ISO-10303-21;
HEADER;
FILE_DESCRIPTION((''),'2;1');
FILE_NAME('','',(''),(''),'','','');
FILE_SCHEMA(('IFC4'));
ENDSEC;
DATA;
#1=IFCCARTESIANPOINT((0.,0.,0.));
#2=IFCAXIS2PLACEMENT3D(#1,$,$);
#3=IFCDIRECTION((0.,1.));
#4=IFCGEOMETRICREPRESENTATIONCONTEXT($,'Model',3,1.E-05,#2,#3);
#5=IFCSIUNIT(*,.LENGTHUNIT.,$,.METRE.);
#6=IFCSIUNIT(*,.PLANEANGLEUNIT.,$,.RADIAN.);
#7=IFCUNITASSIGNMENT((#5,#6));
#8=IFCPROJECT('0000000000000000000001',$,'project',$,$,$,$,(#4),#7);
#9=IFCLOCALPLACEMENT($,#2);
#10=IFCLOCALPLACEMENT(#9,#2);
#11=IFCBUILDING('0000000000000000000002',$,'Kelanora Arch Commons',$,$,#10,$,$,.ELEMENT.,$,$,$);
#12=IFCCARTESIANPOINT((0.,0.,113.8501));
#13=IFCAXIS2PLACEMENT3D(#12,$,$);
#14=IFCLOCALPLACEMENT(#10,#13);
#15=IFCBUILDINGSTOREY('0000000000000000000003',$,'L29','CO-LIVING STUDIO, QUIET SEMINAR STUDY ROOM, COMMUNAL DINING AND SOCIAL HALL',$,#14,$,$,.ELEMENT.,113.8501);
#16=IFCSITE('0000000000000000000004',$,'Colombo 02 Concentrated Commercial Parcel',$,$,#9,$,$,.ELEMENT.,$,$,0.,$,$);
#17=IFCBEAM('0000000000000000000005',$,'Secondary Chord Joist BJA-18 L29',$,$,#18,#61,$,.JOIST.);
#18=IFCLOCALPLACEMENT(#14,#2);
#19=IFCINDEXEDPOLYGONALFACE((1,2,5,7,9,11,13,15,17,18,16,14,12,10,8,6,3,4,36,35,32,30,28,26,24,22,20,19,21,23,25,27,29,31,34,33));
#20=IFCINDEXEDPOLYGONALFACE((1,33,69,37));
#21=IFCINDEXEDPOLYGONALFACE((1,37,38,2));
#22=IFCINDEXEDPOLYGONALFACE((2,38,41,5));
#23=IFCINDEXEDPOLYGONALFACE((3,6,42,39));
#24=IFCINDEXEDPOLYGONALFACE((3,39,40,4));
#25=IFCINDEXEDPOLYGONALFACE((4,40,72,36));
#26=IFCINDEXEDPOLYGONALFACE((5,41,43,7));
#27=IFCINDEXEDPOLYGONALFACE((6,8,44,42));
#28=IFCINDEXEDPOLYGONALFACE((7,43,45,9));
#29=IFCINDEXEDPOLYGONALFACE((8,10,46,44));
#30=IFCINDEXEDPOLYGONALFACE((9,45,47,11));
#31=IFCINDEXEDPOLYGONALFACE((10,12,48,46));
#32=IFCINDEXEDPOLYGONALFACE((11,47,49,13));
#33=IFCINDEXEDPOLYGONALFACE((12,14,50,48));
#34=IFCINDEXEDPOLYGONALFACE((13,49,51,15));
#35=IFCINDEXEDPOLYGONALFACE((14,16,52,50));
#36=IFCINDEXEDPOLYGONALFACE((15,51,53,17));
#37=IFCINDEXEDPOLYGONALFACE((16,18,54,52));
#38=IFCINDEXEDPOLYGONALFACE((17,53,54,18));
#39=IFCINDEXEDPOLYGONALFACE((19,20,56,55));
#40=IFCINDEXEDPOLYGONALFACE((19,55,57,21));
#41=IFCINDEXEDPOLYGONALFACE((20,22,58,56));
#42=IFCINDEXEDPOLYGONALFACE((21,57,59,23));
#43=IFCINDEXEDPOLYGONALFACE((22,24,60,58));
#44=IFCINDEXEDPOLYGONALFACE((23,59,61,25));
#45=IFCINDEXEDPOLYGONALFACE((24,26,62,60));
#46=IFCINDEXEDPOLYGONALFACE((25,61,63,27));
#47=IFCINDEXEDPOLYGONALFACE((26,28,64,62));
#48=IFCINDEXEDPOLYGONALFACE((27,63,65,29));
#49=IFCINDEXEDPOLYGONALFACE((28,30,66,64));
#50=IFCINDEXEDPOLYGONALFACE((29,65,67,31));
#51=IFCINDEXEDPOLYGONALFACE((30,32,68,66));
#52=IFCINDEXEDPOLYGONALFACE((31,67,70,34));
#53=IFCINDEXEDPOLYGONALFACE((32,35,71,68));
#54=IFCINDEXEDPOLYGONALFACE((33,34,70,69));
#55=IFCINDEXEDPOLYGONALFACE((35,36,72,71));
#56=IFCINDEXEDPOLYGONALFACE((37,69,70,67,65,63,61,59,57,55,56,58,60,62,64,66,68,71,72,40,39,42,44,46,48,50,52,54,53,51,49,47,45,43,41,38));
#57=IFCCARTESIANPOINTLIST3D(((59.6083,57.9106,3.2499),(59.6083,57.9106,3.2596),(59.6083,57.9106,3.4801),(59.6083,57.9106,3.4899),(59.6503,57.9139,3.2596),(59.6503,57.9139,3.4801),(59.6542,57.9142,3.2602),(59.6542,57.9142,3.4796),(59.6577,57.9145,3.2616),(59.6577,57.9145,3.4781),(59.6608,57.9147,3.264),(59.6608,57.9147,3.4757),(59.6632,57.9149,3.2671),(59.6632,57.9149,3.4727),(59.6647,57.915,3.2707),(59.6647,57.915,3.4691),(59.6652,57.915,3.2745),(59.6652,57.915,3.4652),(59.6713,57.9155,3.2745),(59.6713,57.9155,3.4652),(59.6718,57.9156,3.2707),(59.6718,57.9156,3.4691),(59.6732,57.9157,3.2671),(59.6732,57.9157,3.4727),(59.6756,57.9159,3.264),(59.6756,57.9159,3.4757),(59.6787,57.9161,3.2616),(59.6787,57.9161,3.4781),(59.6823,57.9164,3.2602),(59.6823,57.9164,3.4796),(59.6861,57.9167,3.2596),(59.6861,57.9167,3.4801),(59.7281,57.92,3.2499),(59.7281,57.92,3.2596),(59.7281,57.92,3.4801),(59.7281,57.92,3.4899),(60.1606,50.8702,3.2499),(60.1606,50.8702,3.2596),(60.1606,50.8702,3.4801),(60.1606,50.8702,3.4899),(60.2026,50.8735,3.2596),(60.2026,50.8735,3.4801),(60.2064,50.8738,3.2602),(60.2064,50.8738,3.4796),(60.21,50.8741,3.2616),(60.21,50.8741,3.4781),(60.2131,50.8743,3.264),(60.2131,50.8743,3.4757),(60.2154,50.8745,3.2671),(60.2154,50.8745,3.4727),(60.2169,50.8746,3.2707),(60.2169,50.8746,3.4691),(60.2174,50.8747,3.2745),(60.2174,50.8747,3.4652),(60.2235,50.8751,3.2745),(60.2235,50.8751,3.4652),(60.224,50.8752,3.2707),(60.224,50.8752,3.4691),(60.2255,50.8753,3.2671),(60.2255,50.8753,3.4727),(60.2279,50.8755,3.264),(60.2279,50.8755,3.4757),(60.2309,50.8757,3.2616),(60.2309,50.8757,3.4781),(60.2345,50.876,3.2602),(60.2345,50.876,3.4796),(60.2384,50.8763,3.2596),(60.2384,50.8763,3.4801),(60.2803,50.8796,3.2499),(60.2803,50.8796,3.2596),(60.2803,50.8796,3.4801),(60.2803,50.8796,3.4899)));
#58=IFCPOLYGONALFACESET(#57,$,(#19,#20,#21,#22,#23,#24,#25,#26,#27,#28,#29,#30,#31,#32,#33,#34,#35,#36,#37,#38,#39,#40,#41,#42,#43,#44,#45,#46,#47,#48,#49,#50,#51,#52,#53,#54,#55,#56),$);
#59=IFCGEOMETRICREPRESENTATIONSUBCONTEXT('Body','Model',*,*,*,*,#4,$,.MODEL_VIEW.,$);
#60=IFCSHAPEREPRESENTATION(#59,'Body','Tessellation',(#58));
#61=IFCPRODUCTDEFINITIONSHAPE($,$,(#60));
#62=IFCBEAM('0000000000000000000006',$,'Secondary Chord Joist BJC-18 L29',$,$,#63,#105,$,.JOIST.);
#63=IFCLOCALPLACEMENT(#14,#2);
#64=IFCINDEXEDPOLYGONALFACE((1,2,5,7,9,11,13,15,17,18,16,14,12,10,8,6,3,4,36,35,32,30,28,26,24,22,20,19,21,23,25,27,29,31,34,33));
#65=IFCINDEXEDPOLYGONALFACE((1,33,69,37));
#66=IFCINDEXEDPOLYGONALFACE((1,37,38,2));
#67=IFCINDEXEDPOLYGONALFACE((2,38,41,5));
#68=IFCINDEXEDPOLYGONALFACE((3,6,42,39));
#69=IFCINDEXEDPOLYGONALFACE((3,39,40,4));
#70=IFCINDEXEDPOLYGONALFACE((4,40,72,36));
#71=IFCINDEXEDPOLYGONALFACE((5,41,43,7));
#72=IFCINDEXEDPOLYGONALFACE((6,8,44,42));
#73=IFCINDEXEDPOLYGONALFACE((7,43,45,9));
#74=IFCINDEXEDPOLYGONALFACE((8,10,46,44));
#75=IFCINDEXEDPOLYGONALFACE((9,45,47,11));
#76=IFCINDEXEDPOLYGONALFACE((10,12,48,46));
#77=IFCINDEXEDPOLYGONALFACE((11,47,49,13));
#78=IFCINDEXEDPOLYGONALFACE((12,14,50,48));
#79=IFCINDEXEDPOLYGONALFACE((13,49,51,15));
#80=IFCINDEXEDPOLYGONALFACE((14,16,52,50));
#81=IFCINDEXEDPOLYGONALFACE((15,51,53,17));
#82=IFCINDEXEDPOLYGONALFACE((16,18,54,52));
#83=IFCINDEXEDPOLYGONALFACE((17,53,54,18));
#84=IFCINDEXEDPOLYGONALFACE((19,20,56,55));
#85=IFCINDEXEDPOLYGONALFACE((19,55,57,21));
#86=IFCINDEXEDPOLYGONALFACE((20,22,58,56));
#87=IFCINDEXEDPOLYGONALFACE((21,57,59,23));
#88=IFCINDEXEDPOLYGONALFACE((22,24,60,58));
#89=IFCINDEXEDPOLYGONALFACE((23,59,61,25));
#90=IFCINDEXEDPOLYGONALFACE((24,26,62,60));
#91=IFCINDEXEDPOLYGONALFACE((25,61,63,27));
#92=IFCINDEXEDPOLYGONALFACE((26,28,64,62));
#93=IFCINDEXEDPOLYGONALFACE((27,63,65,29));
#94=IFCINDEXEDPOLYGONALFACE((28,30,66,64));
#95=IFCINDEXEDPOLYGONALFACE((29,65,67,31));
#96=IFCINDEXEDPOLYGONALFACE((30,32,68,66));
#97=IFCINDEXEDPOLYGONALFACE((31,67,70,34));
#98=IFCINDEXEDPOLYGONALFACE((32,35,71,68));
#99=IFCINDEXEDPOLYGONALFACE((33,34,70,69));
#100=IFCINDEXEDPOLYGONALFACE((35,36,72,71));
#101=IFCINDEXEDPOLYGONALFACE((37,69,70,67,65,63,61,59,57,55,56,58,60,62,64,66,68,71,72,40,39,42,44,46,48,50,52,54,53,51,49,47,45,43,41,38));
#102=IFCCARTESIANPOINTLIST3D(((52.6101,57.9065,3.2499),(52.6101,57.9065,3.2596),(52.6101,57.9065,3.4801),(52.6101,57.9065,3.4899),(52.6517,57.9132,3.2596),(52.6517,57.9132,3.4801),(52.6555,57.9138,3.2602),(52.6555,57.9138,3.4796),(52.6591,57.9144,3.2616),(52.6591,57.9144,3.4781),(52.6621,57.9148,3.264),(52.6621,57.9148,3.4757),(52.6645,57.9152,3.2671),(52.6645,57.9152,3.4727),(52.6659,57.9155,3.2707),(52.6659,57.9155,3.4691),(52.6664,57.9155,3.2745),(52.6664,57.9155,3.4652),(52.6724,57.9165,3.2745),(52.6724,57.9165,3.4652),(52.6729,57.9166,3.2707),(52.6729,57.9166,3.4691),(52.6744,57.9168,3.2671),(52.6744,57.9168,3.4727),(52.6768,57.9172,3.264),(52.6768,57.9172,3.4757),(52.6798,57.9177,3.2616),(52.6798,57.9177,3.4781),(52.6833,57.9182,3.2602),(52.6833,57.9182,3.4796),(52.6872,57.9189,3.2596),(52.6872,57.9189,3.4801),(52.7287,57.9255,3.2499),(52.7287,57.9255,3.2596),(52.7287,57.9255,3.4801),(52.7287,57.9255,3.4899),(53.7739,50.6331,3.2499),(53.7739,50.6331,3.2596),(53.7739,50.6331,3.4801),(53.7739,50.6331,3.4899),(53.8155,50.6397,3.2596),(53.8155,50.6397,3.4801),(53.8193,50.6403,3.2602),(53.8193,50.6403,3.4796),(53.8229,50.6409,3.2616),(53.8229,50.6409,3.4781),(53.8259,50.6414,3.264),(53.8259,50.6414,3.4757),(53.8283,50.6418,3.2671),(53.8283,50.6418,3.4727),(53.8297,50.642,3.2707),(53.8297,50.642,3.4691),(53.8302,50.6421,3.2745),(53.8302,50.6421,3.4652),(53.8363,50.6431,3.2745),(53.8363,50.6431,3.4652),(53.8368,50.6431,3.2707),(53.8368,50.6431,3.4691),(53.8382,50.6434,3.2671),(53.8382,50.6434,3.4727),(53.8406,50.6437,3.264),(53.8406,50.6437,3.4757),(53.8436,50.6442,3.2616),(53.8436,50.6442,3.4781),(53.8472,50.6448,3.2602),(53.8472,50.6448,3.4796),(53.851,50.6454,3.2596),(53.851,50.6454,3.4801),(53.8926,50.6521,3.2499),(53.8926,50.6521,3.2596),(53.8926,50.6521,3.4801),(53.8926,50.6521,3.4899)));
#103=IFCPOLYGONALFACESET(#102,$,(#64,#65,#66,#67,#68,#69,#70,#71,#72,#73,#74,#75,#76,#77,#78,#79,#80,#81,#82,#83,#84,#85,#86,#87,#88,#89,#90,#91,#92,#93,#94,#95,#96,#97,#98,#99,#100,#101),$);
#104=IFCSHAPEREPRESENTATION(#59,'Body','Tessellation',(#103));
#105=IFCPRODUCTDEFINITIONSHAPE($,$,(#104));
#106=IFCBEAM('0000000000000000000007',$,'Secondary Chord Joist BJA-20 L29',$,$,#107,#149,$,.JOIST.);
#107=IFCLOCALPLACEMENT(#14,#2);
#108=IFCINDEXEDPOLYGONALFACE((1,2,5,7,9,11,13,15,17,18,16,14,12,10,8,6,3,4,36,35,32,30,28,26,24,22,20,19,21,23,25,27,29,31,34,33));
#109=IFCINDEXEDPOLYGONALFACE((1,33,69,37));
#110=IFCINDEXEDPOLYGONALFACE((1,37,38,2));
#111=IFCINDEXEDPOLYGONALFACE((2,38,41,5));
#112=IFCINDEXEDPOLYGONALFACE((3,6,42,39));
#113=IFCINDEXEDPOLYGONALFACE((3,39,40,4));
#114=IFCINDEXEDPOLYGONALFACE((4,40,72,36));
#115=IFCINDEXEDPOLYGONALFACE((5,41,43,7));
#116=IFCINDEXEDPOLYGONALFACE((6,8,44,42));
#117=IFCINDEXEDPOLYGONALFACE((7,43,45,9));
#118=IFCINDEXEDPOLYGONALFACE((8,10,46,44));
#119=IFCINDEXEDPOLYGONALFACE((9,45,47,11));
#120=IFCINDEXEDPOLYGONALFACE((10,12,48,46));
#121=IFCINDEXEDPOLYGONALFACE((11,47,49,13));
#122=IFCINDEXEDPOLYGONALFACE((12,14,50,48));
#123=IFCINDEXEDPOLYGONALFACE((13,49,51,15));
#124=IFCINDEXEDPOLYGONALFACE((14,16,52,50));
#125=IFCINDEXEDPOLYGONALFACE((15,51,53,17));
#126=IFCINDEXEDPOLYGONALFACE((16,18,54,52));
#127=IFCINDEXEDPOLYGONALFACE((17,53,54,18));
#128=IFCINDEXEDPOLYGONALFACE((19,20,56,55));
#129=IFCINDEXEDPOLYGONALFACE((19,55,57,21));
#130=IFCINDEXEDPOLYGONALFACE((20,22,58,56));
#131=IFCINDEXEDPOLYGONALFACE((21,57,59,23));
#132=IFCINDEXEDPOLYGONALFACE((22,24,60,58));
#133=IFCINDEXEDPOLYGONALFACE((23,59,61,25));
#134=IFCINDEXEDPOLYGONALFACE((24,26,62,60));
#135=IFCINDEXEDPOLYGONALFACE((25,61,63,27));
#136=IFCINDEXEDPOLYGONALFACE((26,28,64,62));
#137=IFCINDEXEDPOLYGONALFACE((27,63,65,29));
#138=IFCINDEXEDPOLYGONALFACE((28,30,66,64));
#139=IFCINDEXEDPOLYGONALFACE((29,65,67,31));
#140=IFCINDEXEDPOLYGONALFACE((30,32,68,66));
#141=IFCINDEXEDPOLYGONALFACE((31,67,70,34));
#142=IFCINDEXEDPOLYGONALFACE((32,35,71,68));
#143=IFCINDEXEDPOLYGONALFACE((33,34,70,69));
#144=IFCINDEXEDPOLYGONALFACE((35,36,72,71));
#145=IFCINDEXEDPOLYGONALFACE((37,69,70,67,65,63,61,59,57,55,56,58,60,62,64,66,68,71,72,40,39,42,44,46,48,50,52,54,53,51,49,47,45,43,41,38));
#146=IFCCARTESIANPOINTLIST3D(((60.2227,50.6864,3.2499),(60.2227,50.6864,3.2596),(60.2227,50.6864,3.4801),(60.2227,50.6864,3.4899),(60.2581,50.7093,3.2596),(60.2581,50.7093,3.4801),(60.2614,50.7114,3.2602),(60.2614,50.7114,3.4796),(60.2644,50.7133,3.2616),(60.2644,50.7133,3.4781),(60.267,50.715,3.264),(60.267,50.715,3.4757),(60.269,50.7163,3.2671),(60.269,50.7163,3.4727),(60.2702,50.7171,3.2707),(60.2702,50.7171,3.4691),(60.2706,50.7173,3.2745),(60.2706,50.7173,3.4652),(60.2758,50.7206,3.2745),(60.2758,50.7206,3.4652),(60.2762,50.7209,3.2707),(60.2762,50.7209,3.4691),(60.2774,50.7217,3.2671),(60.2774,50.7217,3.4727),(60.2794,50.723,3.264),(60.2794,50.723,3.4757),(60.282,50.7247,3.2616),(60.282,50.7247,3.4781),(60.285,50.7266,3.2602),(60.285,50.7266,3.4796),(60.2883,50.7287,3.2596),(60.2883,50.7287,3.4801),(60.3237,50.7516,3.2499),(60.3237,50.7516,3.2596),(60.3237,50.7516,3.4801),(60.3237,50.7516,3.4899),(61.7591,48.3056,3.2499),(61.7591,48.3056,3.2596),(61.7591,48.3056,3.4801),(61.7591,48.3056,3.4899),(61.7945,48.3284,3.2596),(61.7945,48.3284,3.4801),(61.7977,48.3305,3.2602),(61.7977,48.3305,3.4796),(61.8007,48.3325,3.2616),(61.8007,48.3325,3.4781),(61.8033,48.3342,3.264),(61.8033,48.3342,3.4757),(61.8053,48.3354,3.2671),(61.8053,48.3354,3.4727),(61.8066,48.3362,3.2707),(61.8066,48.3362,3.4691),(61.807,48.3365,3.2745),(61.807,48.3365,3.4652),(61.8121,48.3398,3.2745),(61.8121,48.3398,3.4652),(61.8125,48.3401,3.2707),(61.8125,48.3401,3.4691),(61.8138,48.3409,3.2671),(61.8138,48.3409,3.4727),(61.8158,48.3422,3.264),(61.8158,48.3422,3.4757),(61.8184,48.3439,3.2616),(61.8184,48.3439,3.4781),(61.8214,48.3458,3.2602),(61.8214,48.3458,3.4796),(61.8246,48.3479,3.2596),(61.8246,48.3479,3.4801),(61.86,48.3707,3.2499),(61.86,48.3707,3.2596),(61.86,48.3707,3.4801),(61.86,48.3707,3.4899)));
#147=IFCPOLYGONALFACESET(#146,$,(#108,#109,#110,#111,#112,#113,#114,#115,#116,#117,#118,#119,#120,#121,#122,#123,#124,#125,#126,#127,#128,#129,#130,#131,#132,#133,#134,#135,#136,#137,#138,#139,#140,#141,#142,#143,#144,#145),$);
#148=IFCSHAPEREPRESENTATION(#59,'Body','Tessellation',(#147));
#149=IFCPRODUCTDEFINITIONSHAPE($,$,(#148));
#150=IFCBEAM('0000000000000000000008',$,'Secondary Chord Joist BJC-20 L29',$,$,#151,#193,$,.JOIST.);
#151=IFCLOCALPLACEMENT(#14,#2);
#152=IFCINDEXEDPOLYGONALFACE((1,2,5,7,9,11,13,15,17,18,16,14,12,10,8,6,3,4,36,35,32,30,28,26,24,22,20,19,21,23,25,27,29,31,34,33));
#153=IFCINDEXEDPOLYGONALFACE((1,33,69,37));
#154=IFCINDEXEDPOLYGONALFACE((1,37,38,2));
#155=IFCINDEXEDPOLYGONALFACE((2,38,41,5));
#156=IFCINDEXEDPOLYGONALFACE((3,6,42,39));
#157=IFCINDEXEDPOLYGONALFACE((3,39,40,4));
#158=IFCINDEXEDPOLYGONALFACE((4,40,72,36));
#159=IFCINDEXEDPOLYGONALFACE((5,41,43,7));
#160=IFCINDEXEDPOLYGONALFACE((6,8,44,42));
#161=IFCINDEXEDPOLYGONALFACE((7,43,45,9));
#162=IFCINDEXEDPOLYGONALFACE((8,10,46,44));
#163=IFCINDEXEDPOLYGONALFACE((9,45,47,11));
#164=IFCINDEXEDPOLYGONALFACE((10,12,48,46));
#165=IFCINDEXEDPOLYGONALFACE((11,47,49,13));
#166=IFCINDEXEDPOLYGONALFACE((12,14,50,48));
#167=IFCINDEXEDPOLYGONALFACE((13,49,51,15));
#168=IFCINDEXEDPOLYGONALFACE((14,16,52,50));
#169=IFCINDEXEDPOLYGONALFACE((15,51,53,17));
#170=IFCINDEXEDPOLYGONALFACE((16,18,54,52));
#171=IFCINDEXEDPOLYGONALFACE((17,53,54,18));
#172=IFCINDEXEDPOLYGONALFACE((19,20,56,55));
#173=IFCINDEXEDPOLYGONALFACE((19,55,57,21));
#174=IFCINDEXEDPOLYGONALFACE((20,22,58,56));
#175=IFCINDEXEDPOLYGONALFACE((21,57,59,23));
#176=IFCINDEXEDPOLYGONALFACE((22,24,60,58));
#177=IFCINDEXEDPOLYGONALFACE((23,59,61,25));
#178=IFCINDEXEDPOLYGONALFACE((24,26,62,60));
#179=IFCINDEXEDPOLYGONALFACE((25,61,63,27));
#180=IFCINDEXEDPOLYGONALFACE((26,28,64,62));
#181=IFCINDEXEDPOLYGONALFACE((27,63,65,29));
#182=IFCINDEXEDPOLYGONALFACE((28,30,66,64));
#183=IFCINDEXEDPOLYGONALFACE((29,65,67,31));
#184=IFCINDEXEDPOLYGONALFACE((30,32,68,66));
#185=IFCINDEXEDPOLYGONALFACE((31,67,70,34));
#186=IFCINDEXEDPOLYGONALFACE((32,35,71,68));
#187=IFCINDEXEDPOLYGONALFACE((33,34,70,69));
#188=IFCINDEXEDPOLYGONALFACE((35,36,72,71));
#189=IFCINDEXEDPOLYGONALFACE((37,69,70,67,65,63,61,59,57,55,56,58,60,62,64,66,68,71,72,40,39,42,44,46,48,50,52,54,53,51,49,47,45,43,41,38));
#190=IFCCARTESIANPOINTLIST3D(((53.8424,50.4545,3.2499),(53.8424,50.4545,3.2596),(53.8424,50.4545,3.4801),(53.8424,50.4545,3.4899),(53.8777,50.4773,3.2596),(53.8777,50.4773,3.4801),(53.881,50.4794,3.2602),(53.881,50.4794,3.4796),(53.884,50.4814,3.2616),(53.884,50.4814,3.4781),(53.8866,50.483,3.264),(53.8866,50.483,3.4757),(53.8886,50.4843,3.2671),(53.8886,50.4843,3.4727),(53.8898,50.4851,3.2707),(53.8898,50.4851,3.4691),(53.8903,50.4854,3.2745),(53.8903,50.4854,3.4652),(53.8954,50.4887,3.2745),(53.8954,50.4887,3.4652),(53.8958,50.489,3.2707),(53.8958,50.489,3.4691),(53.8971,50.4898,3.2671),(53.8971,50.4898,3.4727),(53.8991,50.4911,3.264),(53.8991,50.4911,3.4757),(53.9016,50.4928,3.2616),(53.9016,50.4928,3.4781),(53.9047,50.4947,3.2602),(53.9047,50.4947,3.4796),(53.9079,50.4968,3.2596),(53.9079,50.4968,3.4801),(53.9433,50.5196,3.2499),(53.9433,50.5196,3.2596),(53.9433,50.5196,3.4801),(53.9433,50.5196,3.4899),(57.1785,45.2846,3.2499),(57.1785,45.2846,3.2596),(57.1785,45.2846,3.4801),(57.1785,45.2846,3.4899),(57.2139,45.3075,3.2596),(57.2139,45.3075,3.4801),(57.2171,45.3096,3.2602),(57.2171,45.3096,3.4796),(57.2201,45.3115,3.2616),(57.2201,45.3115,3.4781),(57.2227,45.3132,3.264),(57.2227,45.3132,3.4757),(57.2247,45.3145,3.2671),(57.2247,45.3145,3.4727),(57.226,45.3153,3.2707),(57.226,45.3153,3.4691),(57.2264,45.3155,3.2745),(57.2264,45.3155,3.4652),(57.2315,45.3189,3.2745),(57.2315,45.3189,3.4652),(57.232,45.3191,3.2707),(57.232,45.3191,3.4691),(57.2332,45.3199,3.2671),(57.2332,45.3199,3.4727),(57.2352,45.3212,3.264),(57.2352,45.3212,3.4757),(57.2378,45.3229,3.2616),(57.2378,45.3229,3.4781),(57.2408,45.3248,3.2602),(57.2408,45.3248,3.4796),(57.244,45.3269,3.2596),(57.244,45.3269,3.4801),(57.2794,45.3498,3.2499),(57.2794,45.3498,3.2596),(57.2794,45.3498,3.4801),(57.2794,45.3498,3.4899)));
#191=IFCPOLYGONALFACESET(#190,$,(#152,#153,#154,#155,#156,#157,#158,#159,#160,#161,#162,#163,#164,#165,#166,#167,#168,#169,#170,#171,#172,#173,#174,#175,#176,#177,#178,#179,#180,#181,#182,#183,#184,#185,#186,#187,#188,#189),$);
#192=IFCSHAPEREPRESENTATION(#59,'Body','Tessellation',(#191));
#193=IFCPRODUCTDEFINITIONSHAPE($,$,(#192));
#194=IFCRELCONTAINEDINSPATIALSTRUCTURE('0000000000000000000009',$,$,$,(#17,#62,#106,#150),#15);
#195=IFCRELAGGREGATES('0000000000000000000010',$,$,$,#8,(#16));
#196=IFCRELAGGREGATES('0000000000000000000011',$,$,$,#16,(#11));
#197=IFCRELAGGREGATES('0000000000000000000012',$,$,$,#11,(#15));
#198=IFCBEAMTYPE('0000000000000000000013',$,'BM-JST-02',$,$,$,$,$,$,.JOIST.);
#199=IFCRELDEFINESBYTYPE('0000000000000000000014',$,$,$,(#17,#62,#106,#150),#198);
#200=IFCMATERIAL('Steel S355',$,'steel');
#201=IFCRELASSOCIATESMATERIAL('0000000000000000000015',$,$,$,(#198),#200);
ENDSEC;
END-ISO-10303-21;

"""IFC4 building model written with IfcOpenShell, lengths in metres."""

from ifc_helpers import new_model, si_unit, direction, frame, origin, origin_2d, place, context, subcontext, project, spatial, i_section, extrude, material, material_profile, profile_set, type_object, element, save


model = new_model("IFC4")

# Units and contexts
model_context = context("Model", 3, precision=1e-05, world=origin(), true_north=direction((0.0, 1.0)))
body_context = subcontext(model_context, "Body", "Model", "MODEL_VIEW")
ifc_project = project(units=[si_unit("LENGTHUNIT", "METRE"), si_unit("PLANEANGLEUNIT", "RADIAN")], contexts=[model_context])

# Site, building, storey
site_placement = place(None, origin())
site = spatial("IfcSite", under=ifc_project, at=site_placement, Name="Colombo 02 Concentrated Commercial Parcel", CompositionType="ELEMENT", RefElevation=0.0)
building_placement = place(site_placement, origin())
building = spatial("IfcBuilding", under=site, at=building_placement, Name="Kelanora Arch Commons", CompositionType="ELEMENT")
storey_placement = place(building_placement, frame((0.0, 0.0, 113.8501)))
storey = spatial("IfcBuildingStorey", under=building, at=storey_placement, Name="L29", Description="CO-LIVING STUDIO, QUIET SEMINAR STUDY ROOM, COMMUNAL DINING AND SOCIAL HALL", CompositionType="ELEMENT", Elevation=113.8501)

# Beams
ifc_material_1 = material(Name="Steel S355", Category="steel")
ifc_material_profile_1 = material_profile(ifc_material_1, i_section(OverallWidth=0.1201, OverallDepth=0.24, WebThickness=0.0061, FlangeThickness=0.0098, FilletRadius=0.0149, at=origin_2d()), Name="IPE240")
ifc_profile_set_1 = profile_set([ifc_material_profile_1], Name="Steel S355")
beam_type_1 = type_object("IfcBeamType", Name="BM-JST-02", PredefinedType="JOIST", material=ifc_profile_set_1)
beam_1_placement = place(storey_placement, frame((59.6682, 57.9153, 3.3699), z_axis=(0.078201, -0.996938, 0.0), x_axis=(0.996938, 0.078201, 0.0)))
element("IfcBeam", 1, at=beam_1_placement, inside=storey, type_object=beam_type_1, Name="Secondary Chord Joist BJA-18 L29", PredefinedType="JOIST", context=body_context, shape_type="SweptSolid", body=[
    extrude(i_section(OverallWidth=0.1201, OverallDepth=0.24, WebThickness=0.0061, FlangeThickness=0.0098, FilletRadius=0.0149, at=origin_2d()), origin(), (0.0, 0.0, 1.0), 7.062),
])
beam_2_placement = place(storey_placement, frame((52.6694, 57.916, 3.3699), z_axis=(0.158, -0.987439, 0.0), x_axis=(0.987439, 0.158, 0.0)))
element("IfcBeam", 2, at=beam_2_placement, inside=storey, type_object=beam_type_1, Name="Secondary Chord Joist BJC-18 L29", PredefinedType="JOIST", context=body_context, shape_type="SweptSolid", body=[
    extrude(i_section(OverallWidth=0.1201, OverallDepth=0.24, WebThickness=0.0061, FlangeThickness=0.0098, FilletRadius=0.0149, at=origin_2d()), origin(), (0.0, 0.0, 1.0), 7.366),
])
beam_3_placement = place(storey_placement, frame((60.2732, 50.719, 3.3699), z_axis=(0.542211, -0.840242, 0.0), x_axis=(0.840242, 0.542211, 0.0)))
element("IfcBeam", 3, at=beam_3_placement, inside=storey, type_object=beam_type_1, Name="Secondary Chord Joist BJA-20 L29", PredefinedType="JOIST", context=body_context, shape_type="SweptSolid", body=[
    extrude(i_section(OverallWidth=0.1201, OverallDepth=0.24, WebThickness=0.0061, FlangeThickness=0.0098, FilletRadius=0.0149, at=origin_2d()), origin(), (0.0, 0.0, 1.0), 2.8335),
])
beam_4_placement = place(storey_placement, frame((53.8928, 50.4871, 3.3699), z_axis=(0.542213, -0.840241, 0.0), x_axis=(0.840241, 0.542213, 0.0)))
element("IfcBeam", 4, at=beam_4_placement, inside=storey, type_object=beam_type_1, Name="Secondary Chord Joist BJC-20 L29", PredefinedType="JOIST", context=body_context, shape_type="SweptSolid", body=[
    extrude(i_section(OverallWidth=0.1201, OverallDepth=0.24, WebThickness=0.0061, FlangeThickness=0.0098, FilletRadius=0.0149, at=origin_2d()), origin(), (0.0, 0.0, 1.0), 6.1528),
])

save(model, "model.ifc")
